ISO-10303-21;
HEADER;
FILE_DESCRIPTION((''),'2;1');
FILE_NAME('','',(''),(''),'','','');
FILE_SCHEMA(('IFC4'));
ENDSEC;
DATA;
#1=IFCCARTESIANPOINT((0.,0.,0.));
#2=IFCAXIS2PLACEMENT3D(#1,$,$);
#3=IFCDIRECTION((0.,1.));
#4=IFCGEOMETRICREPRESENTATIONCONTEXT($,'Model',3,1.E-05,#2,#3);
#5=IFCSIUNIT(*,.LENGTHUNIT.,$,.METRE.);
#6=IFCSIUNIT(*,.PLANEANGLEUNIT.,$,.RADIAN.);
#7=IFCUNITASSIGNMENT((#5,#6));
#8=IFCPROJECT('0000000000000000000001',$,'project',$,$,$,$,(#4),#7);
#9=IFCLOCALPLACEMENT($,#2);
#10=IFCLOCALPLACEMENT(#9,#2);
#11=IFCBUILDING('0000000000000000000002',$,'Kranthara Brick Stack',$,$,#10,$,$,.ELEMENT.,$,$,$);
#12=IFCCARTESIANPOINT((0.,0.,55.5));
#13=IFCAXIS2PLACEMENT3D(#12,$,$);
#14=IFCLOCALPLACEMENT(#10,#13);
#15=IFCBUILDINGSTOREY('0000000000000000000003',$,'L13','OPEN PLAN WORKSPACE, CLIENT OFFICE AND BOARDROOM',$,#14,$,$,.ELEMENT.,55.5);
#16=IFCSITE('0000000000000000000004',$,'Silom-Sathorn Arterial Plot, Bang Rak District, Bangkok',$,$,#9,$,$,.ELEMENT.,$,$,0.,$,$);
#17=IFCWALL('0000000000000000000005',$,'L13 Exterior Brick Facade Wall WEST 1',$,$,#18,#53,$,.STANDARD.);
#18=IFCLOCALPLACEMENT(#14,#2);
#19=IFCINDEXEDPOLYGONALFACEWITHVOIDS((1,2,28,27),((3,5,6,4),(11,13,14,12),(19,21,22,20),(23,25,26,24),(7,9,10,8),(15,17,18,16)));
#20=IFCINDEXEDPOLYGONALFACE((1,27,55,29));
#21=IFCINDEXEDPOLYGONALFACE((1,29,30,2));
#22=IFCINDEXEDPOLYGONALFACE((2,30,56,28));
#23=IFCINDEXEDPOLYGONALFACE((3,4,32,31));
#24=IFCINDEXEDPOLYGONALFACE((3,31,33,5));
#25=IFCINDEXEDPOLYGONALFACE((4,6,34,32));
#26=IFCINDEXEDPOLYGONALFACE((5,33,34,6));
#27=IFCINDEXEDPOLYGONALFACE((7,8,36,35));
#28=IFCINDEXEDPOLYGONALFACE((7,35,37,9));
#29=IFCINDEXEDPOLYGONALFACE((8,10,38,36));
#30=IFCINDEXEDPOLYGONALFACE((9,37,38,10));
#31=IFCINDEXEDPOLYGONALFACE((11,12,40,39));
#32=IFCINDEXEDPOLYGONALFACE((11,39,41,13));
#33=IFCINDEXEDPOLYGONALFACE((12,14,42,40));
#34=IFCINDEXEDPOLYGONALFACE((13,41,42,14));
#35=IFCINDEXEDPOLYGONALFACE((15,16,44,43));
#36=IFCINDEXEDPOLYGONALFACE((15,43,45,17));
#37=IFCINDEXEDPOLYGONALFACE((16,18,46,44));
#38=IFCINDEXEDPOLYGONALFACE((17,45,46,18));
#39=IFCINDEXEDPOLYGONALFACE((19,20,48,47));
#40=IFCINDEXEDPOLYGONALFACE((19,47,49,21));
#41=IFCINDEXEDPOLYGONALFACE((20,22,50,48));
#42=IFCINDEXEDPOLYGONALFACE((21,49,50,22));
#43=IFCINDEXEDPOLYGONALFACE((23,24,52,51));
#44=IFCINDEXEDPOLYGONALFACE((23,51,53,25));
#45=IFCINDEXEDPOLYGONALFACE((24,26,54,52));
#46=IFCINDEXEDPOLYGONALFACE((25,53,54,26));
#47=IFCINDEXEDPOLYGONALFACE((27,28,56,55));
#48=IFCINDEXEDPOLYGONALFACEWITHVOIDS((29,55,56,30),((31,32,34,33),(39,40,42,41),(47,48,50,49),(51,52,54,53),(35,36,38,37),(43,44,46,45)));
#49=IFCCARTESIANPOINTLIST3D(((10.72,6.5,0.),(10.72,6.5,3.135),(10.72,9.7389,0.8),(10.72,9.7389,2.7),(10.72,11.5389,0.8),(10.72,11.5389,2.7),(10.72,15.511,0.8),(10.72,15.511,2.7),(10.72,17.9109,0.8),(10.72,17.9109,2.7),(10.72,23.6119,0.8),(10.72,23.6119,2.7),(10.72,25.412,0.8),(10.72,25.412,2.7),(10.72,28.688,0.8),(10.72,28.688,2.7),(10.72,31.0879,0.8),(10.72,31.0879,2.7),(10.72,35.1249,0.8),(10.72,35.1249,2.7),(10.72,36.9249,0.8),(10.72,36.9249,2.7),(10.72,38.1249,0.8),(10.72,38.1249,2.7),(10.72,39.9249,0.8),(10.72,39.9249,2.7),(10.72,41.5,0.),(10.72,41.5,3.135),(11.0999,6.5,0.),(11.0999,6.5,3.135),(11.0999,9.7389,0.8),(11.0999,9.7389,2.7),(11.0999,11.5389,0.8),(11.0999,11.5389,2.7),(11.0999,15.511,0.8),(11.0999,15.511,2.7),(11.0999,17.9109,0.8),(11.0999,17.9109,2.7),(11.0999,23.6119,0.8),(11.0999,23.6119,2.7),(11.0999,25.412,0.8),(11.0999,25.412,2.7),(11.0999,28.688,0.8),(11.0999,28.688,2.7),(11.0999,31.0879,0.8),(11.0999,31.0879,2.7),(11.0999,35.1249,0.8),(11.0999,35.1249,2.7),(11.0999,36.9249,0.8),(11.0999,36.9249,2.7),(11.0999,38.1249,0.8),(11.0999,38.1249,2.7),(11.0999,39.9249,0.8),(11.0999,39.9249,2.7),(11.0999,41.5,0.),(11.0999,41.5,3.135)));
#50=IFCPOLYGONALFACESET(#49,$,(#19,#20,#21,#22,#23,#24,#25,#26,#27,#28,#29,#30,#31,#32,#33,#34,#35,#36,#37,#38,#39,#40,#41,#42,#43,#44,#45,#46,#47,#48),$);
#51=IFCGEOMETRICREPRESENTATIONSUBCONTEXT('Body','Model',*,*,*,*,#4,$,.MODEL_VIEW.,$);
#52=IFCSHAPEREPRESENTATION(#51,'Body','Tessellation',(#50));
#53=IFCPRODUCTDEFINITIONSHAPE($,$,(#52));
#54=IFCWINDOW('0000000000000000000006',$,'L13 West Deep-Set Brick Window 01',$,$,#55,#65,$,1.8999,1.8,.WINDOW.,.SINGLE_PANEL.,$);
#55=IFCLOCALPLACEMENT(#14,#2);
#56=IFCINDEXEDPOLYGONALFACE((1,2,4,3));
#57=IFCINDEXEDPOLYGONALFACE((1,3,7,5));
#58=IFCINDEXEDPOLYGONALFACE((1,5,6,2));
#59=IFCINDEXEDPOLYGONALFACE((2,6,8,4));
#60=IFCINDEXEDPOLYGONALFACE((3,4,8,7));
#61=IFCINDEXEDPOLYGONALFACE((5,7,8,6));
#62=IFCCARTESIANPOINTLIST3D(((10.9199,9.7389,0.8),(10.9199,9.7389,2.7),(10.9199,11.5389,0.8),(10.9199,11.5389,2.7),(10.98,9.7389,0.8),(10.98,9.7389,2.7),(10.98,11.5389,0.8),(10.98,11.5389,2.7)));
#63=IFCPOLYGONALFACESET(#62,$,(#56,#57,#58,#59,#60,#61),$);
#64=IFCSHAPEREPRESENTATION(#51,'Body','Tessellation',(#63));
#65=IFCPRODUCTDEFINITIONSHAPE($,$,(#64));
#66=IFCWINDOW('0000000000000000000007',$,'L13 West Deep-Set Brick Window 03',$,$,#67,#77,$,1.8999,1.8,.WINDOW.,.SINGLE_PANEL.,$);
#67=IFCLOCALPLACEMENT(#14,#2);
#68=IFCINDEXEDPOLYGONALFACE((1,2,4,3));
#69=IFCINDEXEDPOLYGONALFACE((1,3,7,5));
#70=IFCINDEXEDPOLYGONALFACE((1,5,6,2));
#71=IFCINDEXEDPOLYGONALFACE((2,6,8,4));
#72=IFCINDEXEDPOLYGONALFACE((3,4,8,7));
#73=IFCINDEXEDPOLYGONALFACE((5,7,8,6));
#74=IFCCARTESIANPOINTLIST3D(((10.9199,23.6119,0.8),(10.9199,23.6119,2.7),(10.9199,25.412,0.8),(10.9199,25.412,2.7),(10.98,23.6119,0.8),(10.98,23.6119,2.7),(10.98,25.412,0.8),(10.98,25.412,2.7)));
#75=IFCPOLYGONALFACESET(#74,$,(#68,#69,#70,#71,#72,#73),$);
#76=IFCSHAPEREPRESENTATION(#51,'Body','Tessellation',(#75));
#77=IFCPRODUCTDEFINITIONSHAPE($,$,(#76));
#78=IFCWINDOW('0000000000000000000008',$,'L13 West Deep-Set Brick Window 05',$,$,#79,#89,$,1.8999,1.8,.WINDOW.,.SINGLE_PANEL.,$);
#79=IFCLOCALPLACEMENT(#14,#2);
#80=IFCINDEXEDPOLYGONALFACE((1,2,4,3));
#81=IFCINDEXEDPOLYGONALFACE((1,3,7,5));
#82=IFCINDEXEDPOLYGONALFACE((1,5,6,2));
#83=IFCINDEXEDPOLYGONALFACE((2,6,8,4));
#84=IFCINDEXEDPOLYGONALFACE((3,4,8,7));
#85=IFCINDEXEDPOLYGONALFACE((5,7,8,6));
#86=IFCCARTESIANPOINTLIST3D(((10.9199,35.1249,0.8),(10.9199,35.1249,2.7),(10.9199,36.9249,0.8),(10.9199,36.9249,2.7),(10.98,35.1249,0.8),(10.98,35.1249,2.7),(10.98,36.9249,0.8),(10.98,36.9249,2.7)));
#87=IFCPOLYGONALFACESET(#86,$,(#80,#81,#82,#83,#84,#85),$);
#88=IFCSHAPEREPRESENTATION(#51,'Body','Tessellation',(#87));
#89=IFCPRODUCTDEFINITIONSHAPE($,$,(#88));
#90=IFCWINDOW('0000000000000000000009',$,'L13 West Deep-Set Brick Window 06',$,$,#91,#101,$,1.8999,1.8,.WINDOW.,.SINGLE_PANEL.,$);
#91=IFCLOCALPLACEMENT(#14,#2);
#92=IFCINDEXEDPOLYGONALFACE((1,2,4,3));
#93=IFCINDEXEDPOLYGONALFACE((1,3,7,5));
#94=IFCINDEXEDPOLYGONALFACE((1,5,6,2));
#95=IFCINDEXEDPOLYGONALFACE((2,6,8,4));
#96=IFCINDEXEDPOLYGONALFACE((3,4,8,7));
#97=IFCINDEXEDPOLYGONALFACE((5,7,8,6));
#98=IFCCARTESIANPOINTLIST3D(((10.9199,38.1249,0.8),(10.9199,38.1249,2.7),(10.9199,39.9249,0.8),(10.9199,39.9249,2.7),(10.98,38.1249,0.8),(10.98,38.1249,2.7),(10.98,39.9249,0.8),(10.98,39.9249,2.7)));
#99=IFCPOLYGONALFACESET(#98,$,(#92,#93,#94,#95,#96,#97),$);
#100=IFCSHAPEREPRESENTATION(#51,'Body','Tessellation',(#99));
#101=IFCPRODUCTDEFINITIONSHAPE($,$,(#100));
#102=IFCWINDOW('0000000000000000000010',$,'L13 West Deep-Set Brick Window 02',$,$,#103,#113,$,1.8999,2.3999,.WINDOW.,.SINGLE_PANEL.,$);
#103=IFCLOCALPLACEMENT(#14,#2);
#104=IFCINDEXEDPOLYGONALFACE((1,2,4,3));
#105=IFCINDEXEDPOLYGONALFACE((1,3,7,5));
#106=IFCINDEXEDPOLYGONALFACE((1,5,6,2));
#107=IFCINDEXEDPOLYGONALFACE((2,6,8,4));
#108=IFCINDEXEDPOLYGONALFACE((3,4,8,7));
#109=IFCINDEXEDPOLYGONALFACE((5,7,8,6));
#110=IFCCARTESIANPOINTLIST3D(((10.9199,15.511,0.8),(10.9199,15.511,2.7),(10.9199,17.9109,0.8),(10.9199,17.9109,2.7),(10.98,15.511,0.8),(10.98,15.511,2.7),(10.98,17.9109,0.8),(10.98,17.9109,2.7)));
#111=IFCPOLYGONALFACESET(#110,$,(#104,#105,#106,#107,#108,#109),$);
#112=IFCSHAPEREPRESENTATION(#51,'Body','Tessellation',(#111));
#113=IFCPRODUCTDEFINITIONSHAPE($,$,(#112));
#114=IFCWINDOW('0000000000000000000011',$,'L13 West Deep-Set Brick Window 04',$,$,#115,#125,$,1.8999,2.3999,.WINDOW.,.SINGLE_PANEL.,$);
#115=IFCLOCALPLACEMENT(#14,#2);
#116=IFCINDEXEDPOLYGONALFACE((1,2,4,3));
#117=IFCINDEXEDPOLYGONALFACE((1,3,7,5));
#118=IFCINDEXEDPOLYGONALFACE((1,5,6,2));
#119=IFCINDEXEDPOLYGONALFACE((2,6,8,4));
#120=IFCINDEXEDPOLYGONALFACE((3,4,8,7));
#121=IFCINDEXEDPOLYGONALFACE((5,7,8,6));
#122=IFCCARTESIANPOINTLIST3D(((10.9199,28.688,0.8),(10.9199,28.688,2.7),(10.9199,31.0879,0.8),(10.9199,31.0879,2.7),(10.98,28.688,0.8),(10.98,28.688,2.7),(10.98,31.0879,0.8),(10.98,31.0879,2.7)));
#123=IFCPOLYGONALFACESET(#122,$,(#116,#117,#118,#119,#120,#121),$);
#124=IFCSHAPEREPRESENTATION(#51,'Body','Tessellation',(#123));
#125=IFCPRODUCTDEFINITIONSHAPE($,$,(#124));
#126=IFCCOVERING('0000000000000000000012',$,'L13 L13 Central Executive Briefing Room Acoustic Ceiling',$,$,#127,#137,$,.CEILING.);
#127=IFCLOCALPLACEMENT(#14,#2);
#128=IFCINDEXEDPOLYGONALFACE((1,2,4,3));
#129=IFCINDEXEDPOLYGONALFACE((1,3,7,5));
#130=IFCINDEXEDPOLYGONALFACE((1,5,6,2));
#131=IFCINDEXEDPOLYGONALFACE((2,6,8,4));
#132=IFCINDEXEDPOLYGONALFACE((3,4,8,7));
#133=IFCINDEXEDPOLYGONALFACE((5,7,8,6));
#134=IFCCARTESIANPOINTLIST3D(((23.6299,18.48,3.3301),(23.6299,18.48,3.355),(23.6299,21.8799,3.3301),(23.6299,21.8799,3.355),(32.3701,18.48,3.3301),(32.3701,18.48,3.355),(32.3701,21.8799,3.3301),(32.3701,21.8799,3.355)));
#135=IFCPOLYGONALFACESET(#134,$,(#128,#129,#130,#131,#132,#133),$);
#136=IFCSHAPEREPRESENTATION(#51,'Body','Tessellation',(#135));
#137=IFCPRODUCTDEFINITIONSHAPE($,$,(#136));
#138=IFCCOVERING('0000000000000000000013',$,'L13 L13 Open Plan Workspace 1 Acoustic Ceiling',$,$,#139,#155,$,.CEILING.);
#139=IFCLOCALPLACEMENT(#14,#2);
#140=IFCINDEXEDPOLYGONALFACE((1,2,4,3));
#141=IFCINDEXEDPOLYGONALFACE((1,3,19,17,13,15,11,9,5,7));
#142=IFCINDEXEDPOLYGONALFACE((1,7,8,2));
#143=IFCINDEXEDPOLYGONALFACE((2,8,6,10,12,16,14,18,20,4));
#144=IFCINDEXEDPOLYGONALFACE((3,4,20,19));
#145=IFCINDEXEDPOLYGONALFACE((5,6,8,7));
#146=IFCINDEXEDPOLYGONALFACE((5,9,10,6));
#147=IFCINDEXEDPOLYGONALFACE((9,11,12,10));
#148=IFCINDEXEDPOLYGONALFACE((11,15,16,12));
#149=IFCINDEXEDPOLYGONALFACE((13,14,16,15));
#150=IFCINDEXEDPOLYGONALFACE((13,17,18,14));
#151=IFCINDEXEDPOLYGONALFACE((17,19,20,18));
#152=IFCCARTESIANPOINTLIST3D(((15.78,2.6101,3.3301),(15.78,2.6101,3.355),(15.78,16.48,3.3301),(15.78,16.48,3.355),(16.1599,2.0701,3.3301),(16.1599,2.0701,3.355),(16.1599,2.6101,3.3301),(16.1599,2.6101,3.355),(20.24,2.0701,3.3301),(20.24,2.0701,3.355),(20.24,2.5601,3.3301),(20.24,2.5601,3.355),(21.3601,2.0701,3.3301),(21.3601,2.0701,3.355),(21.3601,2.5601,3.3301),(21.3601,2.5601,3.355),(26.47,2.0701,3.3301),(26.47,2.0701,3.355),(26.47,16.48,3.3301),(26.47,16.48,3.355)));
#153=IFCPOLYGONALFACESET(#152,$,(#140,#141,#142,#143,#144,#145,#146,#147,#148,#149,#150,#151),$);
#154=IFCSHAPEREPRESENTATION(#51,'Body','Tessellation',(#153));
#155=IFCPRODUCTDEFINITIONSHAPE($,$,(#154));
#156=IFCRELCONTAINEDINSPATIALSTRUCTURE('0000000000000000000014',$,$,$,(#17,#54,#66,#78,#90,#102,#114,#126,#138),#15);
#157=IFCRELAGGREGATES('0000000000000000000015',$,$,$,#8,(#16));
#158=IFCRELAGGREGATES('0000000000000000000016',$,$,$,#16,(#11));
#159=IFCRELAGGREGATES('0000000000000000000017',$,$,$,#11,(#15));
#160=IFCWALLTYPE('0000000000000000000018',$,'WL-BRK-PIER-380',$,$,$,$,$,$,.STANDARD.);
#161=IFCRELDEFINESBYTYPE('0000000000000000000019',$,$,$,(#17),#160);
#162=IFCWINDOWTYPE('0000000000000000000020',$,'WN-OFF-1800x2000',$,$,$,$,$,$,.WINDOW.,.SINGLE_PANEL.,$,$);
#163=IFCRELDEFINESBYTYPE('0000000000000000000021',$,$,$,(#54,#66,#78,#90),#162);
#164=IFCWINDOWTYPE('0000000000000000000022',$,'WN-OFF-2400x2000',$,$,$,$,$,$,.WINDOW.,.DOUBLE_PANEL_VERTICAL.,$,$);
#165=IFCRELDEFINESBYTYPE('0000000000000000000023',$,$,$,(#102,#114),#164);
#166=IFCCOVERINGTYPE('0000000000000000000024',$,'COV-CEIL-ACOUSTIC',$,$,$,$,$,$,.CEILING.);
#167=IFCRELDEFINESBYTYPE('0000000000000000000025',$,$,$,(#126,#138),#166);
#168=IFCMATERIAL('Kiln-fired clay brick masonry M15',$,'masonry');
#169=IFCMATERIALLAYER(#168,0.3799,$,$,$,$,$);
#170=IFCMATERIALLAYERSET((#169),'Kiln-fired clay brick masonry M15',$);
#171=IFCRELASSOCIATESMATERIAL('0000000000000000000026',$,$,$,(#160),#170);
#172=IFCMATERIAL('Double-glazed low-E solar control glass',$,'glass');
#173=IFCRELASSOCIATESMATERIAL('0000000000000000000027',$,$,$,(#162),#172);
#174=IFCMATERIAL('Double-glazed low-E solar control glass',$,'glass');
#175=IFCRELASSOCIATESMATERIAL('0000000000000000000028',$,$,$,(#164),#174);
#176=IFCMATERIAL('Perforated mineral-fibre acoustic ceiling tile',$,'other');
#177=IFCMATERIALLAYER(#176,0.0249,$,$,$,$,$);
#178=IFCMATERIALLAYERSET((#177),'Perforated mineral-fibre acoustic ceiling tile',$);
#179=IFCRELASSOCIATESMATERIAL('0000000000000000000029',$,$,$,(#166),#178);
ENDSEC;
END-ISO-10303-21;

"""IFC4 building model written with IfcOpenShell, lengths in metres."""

from ifc_helpers import new_model, si_unit, direction, frame, frame_2d, origin, place, context, subcontext, project, spatial, polyline, rectangle, outline, extrude, material, layer, layer_set, type_object, element, fill, save


model = new_model("IFC4")

# Units and contexts
model_context = context("Model", 3, precision=1e-05, world=origin(), true_north=direction((0.0, 1.0)))
body_context = subcontext(model_context, "Body", "Model", "MODEL_VIEW")
ifc_project = project(units=[si_unit("LENGTHUNIT", "METRE"), si_unit("PLANEANGLEUNIT", "RADIAN")], contexts=[model_context])

# Site, building, storey
site_placement = place(None, origin())
site = spatial("IfcSite", under=ifc_project, at=site_placement, Name="Silom-Sathorn Arterial Plot, Bang Rak District, Bangkok", CompositionType="ELEMENT", RefElevation=0.0)
building_placement = place(site_placement, origin())
building = spatial("IfcBuilding", under=site, at=building_placement, Name="Kranthara Brick Stack", CompositionType="ELEMENT")
storey_placement = place(building_placement, frame((0.0, 0.0, 55.5)))
storey = spatial("IfcBuildingStorey", under=building, at=storey_placement, Name="L13", Description="OPEN PLAN WORKSPACE, CLIENT OFFICE AND BOARDROOM", CompositionType="ELEMENT", Elevation=55.5)

# Wall, openings, windows
ifc_material_1 = material(Name="Kiln-fired clay brick masonry M15", Category="masonry")
ifc_layer_1 = layer(ifc_material_1, 0.3799)
ifc_layer_set_1 = layer_set([ifc_layer_1], Name="Kiln-fired clay brick masonry M15")
wall_type = type_object("IfcWallType", Name="WL-BRK-PIER-380", PredefinedType="STANDARD", material=ifc_layer_set_1)
wall_placement = place(storey_placement, frame((10.9099, 6.5, 0.0), z_axis=(0.0, 0.0, 1.0), x_axis=(0.0, 1.0, 0.0)))
wall = element("IfcWall", 1, at=wall_placement, inside=storey, type_object=wall_type, Name="L13 Exterior Brick Facade Wall WEST 1", PredefinedType="STANDARD", context=body_context, shape_type="SweptSolid", body=[
    extrude(rectangle(XDim=35.0, YDim=0.3799, at=frame_2d((17.5, 0.0))), origin(), (0.0, 0.0, 1.0), 3.135),
])
opening_1_placement = place(wall_placement, frame((3.239, 0.0, 0.8)))
opening_1 = element("IfcOpeningElement", 2, at=opening_1_placement, cuts=wall, PredefinedType="OPENING", context=body_context, shape_type="SweptSolid", body=[
    extrude(rectangle(XDim=1.8, YDim=1.8999, at=frame_2d((0.8999, 0.95))), frame((0.0, 0.2, 0.0), z_axis=(0.0, -1.0, 0.0), x_axis=(1.0, 0.0, 0.0)), (0.0, 0.0, 1.0), 0.3999),
])
opening_2_placement = place(wall_placement, frame((9.011, 0.0, 0.8)))
opening_2 = element("IfcOpeningElement", 3, at=opening_2_placement, cuts=wall, PredefinedType="OPENING", context=body_context, shape_type="SweptSolid", body=[
    extrude(rectangle(XDim=2.3999, YDim=1.8999, at=frame_2d((1.2, 0.95))), frame((0.0, 0.2, 0.0), z_axis=(0.0, -1.0, 0.0), x_axis=(1.0, 0.0, 0.0)), (0.0, 0.0, 1.0), 0.3999),
])
opening_3_placement = place(wall_placement, frame((17.1121, 0.0, 0.8)))
opening_3 = element("IfcOpeningElement", 4, at=opening_3_placement, cuts=wall, PredefinedType="OPENING", context=body_context, shape_type="SweptSolid", body=[
    extrude(rectangle(XDim=1.8, YDim=1.8999, at=frame_2d((0.8999, 0.95))), frame((0.0, 0.2, 0.0), z_axis=(0.0, -1.0, 0.0), x_axis=(1.0, 0.0, 0.0)), (0.0, 0.0, 1.0), 0.3999),
])
opening_4_placement = place(wall_placement, frame((22.188, 0.0, 0.8)))
opening_4 = element("IfcOpeningElement", 5, at=opening_4_placement, cuts=wall, PredefinedType="OPENING", context=body_context, shape_type="SweptSolid", body=[
    extrude(rectangle(XDim=2.3999, YDim=1.8999, at=frame_2d((1.2, 0.95))), frame((0.0, 0.2, 0.0), z_axis=(0.0, -1.0, 0.0), x_axis=(1.0, 0.0, 0.0)), (0.0, 0.0, 1.0), 0.3999),
])
opening_5_placement = place(wall_placement, frame((28.625, 0.0, 0.8)))
opening_5 = element("IfcOpeningElement", 6, at=opening_5_placement, cuts=wall, PredefinedType="OPENING", context=body_context, shape_type="SweptSolid", body=[
    extrude(rectangle(XDim=1.8, YDim=1.8999, at=frame_2d((0.8999, 0.95))), frame((0.0, 0.2, 0.0), z_axis=(0.0, -1.0, 0.0), x_axis=(1.0, 0.0, 0.0)), (0.0, 0.0, 1.0), 0.3999),
])
opening_6_placement = place(wall_placement, frame((31.625, 0.0, 0.8)))
opening_6 = element("IfcOpeningElement", 7, at=opening_6_placement, cuts=wall, PredefinedType="OPENING", context=body_context, shape_type="SweptSolid", body=[
    extrude(rectangle(XDim=1.8, YDim=1.8999, at=frame_2d((0.8999, 0.95))), frame((0.0, 0.2, 0.0), z_axis=(0.0, -1.0, 0.0), x_axis=(1.0, 0.0, 0.0)), (0.0, 0.0, 1.0), 0.3999),
])
ifc_material_2 = material(Name="Double-glazed low-E solar control glass", Category="glass")
window_type_1 = type_object("IfcWindowType", Name="WN-OFF-1800x2000", PartitioningType="SINGLE_PANEL", PredefinedType="WINDOW", material=ifc_material_2)
window_1_placement = place(opening_1_placement, origin())
window_1 = element("IfcWindow", 8, at=window_1_placement, inside=storey, type_object=window_type_1, Name="L13 West Deep-Set Brick Window 01", OverallHeight=1.8999, OverallWidth=1.8, PartitioningType="SINGLE_PANEL", PredefinedType="WINDOW", context=body_context, shape_type="SweptSolid", body=[
    extrude(rectangle(XDim=1.8, YDim=1.8999, at=frame_2d((0.8999, 0.95))), frame((0.0, -0.01, 0.0), z_axis=(0.0, -1.0, 0.0), x_axis=(1.0, 0.0, 0.0)), (0.0, 0.0, 1.0), 0.0601),
])
fill(opening_1, window_1)
window_2_placement = place(opening_3_placement, origin())
window_2 = element("IfcWindow", 9, at=window_2_placement, inside=storey, type_object=window_type_1, Name="L13 West Deep-Set Brick Window 03", OverallHeight=1.8999, OverallWidth=1.8, PartitioningType="SINGLE_PANEL", PredefinedType="WINDOW", context=body_context, shape_type="SweptSolid", body=[
    extrude(rectangle(XDim=1.8, YDim=1.8999, at=frame_2d((0.8999, 0.95))), frame((0.0, -0.01, 0.0), z_axis=(0.0, -1.0, 0.0), x_axis=(1.0, 0.0, 0.0)), (0.0, 0.0, 1.0), 0.0601),
])
fill(opening_3, window_2)
window_3_placement = place(opening_5_placement, origin())
window_3 = element("IfcWindow", 10, at=window_3_placement, inside=storey, type_object=window_type_1, Name="L13 West Deep-Set Brick Window 05", OverallHeight=1.8999, OverallWidth=1.8, PartitioningType="SINGLE_PANEL", PredefinedType="WINDOW", context=body_context, shape_type="SweptSolid", body=[
    extrude(rectangle(XDim=1.8, YDim=1.8999, at=frame_2d((0.8999, 0.95))), frame((0.0, -0.01, 0.0), z_axis=(0.0, -1.0, 0.0), x_axis=(1.0, 0.0, 0.0)), (0.0, 0.0, 1.0), 0.0601),
])
fill(opening_5, window_3)
window_4_placement = place(opening_6_placement, origin())
window_4 = element("IfcWindow", 11, at=window_4_placement, inside=storey, type_object=window_type_1, Name="L13 West Deep-Set Brick Window 06", OverallHeight=1.8999, OverallWidth=1.8, PartitioningType="SINGLE_PANEL", PredefinedType="WINDOW", context=body_context, shape_type="SweptSolid", body=[
    extrude(rectangle(XDim=1.8, YDim=1.8999, at=frame_2d((0.8999, 0.95))), frame((0.0, -0.01, 0.0), z_axis=(0.0, -1.0, 0.0), x_axis=(1.0, 0.0, 0.0)), (0.0, 0.0, 1.0), 0.0601),
])
fill(opening_6, window_4)
ifc_material_3 = material(Name="Double-glazed low-E solar control glass", Category="glass")
window_type_2 = type_object("IfcWindowType", Name="WN-OFF-2400x2000", PartitioningType="DOUBLE_PANEL_VERTICAL", PredefinedType="WINDOW", material=ifc_material_3)
window_5_placement = place(opening_2_placement, origin())
window_5 = element("IfcWindow", 12, at=window_5_placement, inside=storey, type_object=window_type_2, Name="L13 West Deep-Set Brick Window 02", OverallHeight=1.8999, OverallWidth=2.3999, PartitioningType="SINGLE_PANEL", PredefinedType="WINDOW", context=body_context, shape_type="SweptSolid", body=[
    extrude(rectangle(XDim=2.3999, YDim=1.8999, at=frame_2d((1.2, 0.95))), frame((0.0, -0.01, 0.0), z_axis=(0.0, -1.0, 0.0), x_axis=(1.0, 0.0, 0.0)), (0.0, 0.0, 1.0), 0.0601),
])
fill(opening_2, window_5)
window_6_placement = place(opening_4_placement, origin())
window_6 = element("IfcWindow", 13, at=window_6_placement, inside=storey, type_object=window_type_2, Name="L13 West Deep-Set Brick Window 04", OverallHeight=1.8999, OverallWidth=2.3999, PartitioningType="SINGLE_PANEL", PredefinedType="WINDOW", context=body_context, shape_type="SweptSolid", body=[
    extrude(rectangle(XDim=2.3999, YDim=1.8999, at=frame_2d((1.2, 0.95))), frame((0.0, -0.01, 0.0), z_axis=(0.0, -1.0, 0.0), x_axis=(1.0, 0.0, 0.0)), (0.0, 0.0, 1.0), 0.0601),
])
fill(opening_4, window_6)

# Coverings
ifc_material_4 = material(Name="Perforated mineral-fibre acoustic ceiling tile", Category="other")
ifc_layer_2 = layer(ifc_material_4, 0.0249)
ifc_layer_set_2 = layer_set([ifc_layer_2], Name="Perforated mineral-fibre acoustic ceiling tile")
covering_type_1 = type_object("IfcCoveringType", Name="COV-CEIL-ACOUSTIC", PredefinedType="CEILING", material=ifc_layer_set_2)
covering_1_placement = place(storey_placement, frame((0.0, 0.0, 3.3301)))
element("IfcCovering", 14, at=covering_1_placement, inside=storey, type_object=covering_type_1, Name="L13 L13 Central Executive Briefing Room Acoustic Ceiling", PredefinedType="CEILING", context=body_context, shape_type="SweptSolid", body=[
    extrude(outline(polyline([(32.3701, 18.48), (32.3701, 21.8799), (23.6299, 21.8799), (23.6299, 18.48), (32.3701, 18.48)])), origin(), (0.0, 0.0, 1.0), 0.0249),
])
covering_2_placement = place(storey_placement, frame((0.0, 0.0, 3.3301)))
element("IfcCovering", 15, at=covering_2_placement, inside=storey, type_object=covering_type_1, Name="L13 L13 Open Plan Workspace 1 Acoustic Ceiling", PredefinedType="CEILING", context=body_context, shape_type="SweptSolid", body=[
    extrude(outline(polyline([(26.47, 16.48), (26.47, 2.0701), (21.3601, 2.0701), (21.3601, 2.5601), (20.24, 2.5601), (20.24, 2.0701), (16.1599, 2.0701), (16.1599, 2.6101), (15.78, 2.6101), (15.78, 16.48), (26.47, 16.48)])), origin(), (0.0, 0.0, 1.0), 0.0249),
])

save(model, "model.ifc")
